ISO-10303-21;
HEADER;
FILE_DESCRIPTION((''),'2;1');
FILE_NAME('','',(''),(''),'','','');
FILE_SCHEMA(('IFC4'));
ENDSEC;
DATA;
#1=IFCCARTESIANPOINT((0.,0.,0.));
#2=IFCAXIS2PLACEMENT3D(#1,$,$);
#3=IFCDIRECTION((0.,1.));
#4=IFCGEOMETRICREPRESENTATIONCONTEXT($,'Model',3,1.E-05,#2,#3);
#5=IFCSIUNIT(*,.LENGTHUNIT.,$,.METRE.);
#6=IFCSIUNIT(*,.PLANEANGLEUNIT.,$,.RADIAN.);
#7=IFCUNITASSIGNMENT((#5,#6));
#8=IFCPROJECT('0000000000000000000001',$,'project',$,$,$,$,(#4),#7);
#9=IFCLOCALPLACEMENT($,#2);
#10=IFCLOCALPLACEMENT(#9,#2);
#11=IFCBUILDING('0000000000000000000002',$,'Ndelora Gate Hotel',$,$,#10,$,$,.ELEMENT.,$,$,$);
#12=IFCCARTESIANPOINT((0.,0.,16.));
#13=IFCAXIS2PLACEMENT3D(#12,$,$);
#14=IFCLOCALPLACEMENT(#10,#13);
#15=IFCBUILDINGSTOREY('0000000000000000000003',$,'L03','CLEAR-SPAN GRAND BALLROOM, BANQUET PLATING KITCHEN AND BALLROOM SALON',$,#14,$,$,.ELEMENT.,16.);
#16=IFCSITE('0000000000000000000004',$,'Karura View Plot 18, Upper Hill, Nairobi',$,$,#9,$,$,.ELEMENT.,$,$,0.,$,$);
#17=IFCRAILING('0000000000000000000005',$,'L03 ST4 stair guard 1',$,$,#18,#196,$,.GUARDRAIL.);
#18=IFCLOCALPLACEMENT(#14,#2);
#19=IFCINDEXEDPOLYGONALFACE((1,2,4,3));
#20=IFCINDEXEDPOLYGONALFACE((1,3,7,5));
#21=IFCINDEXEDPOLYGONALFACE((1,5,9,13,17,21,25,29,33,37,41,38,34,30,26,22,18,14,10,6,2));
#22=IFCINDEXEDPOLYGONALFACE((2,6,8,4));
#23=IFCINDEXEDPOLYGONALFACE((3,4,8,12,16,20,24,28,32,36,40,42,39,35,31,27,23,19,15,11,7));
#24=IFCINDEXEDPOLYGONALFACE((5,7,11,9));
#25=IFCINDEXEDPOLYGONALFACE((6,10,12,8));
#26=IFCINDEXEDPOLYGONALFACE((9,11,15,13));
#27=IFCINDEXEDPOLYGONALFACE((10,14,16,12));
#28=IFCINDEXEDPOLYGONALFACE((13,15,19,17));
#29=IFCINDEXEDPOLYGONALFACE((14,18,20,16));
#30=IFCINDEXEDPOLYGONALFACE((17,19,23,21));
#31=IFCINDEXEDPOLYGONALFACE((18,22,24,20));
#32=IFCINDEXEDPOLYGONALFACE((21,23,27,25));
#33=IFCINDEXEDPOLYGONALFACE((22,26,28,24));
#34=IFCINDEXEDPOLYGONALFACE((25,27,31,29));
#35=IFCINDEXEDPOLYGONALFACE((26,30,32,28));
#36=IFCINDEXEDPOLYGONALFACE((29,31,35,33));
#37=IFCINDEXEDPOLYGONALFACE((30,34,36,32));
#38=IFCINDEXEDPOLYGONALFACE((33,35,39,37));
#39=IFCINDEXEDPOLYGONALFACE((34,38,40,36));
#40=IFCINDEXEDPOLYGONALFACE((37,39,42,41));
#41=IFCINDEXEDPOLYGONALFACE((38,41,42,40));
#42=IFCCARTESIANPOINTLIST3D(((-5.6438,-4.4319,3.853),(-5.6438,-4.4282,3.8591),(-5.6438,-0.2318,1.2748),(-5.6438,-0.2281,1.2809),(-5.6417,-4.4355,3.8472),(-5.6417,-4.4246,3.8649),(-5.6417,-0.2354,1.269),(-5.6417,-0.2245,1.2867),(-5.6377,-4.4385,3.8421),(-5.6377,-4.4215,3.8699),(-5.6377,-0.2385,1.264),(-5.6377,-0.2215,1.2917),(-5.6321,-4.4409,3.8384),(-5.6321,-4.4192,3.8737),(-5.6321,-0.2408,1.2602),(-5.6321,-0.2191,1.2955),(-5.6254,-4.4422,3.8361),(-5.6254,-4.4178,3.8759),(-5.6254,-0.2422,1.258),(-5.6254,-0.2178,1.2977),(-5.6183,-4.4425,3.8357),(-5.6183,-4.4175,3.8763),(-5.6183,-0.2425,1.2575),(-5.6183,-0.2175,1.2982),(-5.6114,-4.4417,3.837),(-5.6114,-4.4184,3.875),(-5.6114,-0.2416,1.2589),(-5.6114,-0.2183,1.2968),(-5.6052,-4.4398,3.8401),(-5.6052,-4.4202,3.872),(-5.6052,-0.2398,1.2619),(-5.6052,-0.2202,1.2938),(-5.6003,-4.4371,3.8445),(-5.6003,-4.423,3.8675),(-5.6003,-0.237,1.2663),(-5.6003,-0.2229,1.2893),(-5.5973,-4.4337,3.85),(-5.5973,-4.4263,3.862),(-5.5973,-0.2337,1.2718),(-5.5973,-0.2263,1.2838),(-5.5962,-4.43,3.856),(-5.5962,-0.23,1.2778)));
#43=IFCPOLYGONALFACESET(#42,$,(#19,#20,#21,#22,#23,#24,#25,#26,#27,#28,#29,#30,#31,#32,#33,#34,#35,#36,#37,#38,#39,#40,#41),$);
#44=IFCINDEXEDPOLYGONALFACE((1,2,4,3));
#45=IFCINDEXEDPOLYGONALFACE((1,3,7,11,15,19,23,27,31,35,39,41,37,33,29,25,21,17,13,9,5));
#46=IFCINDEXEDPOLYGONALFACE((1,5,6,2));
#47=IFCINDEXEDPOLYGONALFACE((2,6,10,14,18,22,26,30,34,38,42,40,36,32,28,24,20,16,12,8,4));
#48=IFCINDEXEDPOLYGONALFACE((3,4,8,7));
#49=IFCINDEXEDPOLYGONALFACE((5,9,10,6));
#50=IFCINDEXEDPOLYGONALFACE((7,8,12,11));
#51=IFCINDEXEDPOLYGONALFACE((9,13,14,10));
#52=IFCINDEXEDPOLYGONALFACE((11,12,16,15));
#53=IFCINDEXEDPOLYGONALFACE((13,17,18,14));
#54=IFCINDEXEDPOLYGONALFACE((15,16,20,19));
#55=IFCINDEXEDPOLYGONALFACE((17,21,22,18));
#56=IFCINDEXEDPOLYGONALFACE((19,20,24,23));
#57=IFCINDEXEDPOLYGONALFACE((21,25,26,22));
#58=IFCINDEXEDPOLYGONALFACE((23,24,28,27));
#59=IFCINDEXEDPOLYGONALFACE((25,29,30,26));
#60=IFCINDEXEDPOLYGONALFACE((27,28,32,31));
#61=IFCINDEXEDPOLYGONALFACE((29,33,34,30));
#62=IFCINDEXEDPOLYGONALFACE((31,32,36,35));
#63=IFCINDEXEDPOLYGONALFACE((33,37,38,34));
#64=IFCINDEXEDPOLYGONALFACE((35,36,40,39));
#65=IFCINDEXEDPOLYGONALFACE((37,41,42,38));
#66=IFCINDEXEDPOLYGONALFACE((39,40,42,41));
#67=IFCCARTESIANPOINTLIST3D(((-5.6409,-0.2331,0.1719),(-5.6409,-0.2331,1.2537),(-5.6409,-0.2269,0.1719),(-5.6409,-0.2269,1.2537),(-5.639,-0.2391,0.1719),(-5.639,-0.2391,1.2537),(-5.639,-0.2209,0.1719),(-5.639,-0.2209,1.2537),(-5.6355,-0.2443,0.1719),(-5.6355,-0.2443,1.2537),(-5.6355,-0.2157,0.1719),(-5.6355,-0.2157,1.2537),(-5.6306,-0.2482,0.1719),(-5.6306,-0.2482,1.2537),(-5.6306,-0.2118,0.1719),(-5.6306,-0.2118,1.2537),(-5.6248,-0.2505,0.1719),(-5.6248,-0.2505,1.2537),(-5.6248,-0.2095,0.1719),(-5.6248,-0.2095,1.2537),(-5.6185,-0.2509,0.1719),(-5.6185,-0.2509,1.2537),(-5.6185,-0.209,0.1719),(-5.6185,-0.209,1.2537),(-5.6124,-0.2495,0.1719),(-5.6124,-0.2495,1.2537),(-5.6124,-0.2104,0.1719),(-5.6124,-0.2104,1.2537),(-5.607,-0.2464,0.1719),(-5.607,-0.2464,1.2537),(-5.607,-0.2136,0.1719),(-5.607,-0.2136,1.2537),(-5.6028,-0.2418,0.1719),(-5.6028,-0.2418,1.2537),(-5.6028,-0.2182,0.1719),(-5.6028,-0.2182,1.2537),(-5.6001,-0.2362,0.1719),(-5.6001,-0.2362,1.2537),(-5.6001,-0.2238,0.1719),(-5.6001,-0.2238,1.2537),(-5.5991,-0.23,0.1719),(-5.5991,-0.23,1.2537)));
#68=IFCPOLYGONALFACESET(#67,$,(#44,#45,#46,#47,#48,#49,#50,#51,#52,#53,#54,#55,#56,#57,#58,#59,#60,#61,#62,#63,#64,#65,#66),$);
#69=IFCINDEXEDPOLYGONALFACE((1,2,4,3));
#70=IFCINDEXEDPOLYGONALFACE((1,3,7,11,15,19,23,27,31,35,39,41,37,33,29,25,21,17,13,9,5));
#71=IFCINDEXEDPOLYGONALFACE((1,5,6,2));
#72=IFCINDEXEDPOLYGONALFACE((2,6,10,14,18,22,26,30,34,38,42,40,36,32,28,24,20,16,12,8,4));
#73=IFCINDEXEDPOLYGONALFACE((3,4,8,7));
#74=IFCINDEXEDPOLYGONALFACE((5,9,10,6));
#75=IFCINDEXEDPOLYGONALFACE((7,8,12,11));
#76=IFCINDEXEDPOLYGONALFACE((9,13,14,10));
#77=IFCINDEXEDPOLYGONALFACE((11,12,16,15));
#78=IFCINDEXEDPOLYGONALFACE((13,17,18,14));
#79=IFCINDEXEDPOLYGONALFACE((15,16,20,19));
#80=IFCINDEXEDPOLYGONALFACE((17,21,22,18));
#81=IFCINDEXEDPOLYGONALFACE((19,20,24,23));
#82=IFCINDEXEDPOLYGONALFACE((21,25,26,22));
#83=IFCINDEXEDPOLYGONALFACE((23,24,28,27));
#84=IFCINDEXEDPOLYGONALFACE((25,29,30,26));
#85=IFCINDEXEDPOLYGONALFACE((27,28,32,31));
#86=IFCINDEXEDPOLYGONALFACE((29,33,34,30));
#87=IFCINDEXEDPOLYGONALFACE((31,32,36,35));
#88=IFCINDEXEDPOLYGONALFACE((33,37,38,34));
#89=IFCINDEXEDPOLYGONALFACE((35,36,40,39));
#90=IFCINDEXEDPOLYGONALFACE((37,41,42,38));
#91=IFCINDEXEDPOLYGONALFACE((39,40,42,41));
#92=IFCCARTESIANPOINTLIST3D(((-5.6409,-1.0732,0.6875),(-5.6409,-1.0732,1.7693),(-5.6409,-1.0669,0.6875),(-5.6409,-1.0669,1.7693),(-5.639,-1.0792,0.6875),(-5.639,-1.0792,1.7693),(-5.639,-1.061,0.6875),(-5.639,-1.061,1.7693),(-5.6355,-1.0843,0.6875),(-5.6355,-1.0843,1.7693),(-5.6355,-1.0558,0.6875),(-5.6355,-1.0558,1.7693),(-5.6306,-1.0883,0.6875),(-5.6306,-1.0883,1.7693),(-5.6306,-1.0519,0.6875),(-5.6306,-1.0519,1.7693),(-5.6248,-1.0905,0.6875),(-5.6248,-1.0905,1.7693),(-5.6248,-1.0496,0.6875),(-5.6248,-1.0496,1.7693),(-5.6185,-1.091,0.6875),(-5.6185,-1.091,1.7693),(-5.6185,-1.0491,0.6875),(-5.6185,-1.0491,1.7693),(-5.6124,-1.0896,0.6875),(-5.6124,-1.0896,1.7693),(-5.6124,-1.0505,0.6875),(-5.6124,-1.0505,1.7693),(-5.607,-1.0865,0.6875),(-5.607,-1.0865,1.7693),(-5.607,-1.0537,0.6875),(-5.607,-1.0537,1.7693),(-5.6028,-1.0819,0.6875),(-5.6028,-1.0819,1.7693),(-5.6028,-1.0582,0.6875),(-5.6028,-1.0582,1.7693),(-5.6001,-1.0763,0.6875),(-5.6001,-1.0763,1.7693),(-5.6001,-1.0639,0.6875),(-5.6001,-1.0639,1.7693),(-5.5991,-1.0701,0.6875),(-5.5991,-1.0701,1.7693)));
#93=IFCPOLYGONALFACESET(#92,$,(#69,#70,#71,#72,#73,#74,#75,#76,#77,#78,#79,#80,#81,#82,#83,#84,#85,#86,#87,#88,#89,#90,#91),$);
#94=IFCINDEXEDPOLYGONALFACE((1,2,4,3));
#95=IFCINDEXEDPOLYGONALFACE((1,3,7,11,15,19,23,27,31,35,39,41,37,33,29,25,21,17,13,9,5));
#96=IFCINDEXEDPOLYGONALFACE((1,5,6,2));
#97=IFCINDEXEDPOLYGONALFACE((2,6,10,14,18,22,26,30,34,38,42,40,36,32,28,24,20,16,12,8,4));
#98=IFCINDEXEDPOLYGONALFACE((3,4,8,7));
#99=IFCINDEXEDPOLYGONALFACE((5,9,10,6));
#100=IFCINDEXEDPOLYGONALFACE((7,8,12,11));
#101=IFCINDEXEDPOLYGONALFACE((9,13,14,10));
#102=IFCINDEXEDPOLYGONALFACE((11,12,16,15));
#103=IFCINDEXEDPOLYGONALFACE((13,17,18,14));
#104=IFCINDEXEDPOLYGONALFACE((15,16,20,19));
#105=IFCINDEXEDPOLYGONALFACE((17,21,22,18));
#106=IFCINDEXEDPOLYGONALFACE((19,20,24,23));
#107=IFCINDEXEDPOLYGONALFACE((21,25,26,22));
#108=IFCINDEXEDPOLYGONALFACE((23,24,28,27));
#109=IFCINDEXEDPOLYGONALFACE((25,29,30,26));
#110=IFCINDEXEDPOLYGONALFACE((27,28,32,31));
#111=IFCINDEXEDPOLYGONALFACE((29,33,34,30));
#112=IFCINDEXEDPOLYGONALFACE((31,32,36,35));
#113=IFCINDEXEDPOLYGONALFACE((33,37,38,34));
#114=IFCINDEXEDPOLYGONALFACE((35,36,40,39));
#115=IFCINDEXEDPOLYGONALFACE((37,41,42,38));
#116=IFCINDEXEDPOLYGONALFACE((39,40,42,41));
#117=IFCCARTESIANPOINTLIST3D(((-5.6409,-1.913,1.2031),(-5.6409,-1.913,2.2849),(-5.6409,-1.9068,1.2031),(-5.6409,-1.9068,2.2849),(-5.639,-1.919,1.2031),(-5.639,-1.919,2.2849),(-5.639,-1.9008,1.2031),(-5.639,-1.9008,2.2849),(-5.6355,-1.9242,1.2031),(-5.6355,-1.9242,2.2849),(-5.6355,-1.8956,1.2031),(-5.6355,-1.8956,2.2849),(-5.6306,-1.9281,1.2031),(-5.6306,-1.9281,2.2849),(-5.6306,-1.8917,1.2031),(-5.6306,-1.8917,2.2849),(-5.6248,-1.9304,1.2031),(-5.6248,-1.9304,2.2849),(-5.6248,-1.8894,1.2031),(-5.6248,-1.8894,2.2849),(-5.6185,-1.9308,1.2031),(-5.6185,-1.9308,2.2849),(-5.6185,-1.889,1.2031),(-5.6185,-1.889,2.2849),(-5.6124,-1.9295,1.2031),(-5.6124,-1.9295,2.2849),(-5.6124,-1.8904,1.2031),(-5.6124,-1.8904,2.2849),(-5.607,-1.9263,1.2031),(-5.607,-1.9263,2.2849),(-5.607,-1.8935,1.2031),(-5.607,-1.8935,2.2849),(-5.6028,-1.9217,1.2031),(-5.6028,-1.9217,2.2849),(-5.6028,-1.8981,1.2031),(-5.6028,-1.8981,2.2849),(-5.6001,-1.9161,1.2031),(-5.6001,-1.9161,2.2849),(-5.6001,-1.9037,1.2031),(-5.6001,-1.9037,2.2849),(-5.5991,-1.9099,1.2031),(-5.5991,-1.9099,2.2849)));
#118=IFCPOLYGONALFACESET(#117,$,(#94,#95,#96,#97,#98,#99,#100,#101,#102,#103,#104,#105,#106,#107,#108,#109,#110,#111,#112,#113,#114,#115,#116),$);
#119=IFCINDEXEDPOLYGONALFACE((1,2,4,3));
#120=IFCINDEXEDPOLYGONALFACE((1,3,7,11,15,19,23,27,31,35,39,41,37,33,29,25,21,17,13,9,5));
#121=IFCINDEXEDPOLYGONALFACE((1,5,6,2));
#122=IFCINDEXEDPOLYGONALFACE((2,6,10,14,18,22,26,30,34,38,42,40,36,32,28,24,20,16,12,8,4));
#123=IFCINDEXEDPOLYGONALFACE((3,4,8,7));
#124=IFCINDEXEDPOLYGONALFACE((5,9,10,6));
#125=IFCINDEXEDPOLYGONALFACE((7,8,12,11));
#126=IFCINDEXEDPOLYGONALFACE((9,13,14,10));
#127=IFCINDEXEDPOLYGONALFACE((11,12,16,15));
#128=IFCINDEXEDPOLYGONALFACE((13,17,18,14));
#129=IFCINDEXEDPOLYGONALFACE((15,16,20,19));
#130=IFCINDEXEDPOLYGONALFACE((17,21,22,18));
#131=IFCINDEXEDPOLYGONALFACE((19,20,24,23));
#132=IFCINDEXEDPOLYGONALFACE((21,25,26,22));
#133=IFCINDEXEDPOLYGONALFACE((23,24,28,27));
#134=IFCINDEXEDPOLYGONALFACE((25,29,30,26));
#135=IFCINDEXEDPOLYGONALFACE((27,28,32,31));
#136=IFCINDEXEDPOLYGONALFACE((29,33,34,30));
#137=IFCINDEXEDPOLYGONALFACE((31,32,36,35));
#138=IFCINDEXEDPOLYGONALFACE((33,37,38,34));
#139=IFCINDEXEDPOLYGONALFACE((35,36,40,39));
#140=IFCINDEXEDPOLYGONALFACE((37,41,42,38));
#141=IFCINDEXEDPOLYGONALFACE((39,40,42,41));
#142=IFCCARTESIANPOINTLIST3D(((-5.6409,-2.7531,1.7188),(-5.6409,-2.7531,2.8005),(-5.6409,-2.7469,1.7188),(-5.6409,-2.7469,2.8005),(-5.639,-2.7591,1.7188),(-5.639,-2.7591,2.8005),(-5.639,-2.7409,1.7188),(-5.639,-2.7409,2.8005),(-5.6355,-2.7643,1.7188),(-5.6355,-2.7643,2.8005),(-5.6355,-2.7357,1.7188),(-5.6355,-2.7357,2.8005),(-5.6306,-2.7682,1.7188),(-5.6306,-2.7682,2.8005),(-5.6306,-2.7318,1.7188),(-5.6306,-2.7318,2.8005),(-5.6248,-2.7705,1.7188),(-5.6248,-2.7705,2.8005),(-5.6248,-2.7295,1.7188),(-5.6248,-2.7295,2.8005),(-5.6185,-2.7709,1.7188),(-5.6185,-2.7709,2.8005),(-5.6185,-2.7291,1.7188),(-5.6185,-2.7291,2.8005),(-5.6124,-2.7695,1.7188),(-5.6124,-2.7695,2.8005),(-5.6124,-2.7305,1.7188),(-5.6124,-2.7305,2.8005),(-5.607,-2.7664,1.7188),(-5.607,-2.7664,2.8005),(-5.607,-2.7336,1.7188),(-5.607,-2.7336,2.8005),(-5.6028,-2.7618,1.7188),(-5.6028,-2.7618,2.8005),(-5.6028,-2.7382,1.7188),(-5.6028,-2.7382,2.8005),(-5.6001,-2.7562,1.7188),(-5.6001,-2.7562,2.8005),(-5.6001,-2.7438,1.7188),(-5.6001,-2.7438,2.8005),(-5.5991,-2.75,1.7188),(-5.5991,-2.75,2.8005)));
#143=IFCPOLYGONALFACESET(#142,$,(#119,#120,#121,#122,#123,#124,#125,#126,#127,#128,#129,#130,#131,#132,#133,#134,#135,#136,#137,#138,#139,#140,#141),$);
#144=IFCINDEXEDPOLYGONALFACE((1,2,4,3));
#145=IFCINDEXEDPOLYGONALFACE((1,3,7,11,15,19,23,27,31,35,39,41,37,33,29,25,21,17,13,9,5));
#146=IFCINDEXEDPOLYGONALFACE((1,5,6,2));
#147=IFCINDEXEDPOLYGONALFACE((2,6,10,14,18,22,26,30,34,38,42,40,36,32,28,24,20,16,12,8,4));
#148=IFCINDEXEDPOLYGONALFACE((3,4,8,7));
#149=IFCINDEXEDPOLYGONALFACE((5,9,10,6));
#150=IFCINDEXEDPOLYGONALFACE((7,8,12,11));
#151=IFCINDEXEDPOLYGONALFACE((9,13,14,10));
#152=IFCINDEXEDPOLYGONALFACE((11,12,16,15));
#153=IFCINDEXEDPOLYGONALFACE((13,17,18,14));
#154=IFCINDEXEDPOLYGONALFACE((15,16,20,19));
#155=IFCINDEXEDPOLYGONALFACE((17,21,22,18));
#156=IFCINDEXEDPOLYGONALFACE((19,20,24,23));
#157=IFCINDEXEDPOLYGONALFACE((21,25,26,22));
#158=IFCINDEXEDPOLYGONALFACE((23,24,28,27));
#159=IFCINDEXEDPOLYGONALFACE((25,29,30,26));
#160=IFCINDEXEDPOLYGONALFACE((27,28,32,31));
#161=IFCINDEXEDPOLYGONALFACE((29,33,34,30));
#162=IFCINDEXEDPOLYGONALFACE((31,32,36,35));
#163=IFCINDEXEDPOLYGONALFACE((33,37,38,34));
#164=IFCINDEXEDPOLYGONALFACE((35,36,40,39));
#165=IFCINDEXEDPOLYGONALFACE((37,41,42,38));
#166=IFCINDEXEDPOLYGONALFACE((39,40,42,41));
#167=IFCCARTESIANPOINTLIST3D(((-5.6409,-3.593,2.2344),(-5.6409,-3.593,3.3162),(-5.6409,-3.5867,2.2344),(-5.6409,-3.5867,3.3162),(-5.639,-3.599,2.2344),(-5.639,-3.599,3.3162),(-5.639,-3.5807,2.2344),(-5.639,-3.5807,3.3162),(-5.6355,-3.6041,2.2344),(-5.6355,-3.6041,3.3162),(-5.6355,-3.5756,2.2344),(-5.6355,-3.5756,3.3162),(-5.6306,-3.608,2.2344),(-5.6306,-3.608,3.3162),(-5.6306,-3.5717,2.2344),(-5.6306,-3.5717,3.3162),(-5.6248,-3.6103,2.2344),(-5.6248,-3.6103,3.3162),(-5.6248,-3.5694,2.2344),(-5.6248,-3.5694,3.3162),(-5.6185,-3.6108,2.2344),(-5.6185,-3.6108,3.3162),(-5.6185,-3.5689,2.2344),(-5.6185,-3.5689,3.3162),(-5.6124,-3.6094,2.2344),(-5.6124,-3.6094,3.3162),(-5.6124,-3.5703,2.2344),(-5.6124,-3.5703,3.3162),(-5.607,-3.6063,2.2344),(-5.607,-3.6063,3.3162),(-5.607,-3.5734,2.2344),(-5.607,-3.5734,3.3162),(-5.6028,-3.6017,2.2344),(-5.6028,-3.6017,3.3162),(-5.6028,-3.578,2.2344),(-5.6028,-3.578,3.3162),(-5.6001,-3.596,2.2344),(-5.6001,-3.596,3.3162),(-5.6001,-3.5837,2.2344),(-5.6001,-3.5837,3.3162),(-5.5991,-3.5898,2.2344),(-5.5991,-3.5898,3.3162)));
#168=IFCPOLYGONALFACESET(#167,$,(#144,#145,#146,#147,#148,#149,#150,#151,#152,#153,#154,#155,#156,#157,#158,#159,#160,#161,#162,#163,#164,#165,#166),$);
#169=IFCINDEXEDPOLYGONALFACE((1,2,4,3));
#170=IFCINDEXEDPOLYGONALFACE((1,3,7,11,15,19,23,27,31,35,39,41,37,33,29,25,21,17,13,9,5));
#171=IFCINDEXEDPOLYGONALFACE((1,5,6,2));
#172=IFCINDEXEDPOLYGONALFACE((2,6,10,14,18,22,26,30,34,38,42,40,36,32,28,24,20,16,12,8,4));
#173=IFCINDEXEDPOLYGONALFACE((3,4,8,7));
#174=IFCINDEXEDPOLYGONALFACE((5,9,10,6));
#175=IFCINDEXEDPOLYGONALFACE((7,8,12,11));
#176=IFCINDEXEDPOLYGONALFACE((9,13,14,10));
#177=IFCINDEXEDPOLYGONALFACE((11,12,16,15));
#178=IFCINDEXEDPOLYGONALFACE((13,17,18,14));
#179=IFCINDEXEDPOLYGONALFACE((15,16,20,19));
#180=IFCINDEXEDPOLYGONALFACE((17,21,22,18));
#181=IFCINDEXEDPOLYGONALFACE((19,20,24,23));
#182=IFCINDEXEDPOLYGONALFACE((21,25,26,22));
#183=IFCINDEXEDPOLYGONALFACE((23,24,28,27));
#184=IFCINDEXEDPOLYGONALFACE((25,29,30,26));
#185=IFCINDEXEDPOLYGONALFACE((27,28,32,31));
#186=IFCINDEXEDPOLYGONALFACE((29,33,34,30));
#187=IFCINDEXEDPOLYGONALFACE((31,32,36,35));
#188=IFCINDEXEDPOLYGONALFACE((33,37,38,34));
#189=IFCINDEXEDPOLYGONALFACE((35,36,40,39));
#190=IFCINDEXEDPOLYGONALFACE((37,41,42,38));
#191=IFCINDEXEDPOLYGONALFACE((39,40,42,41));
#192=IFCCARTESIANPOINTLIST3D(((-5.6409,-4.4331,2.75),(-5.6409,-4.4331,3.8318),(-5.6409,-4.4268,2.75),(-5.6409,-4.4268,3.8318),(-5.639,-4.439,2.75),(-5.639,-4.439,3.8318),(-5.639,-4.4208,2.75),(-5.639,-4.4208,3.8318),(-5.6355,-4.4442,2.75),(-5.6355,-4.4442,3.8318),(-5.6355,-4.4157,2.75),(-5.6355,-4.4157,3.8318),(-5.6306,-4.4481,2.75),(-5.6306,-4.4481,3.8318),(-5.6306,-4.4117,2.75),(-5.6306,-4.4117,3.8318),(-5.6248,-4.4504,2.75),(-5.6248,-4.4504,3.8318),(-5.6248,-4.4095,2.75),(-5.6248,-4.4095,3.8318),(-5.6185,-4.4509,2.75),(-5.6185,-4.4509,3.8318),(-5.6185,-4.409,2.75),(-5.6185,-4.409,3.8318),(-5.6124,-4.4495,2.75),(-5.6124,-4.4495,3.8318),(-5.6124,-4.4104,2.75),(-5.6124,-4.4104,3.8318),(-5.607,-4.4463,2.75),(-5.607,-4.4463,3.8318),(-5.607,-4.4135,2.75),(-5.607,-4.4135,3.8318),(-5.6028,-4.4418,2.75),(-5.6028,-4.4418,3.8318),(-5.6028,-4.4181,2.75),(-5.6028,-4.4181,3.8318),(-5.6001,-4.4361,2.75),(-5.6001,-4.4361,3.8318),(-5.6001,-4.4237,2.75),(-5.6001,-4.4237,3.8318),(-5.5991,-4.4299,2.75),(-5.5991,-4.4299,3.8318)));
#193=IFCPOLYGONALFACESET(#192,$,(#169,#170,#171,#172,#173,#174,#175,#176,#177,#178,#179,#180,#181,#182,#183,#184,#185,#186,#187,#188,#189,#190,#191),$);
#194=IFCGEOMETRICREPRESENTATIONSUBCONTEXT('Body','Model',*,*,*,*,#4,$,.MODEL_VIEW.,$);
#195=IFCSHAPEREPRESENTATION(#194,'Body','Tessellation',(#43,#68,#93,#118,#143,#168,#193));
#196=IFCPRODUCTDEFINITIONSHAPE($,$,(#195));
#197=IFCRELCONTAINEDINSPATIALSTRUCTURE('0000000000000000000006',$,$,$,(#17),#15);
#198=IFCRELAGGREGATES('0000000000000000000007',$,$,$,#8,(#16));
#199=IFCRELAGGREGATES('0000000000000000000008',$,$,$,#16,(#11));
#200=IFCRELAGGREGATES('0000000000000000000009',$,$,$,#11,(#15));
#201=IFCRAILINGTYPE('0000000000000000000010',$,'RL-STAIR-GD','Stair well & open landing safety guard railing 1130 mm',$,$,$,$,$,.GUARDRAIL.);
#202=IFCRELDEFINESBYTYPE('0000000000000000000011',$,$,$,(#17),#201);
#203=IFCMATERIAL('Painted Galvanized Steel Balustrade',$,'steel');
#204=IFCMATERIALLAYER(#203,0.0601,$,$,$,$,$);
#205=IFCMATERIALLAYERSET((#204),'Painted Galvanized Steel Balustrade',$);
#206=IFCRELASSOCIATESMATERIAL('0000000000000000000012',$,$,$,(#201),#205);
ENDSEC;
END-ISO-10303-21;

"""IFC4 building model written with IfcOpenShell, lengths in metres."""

from ifc_helpers import new_model, si_unit, direction, frame, origin, origin_2d, place, context, subcontext, project, spatial, circle, extrude, material, layer, layer_set, type_object, element, save


model = new_model("IFC4")

# Units and contexts
model_context = context("Model", 3, precision=1e-05, world=origin(), true_north=direction((0.0, 1.0)))
body_context = subcontext(model_context, "Body", "Model", "MODEL_VIEW")
ifc_project = project(units=[si_unit("LENGTHUNIT", "METRE"), si_unit("PLANEANGLEUNIT", "RADIAN")], contexts=[model_context])

# Site, building, storey
site_placement = place(None, origin())
site = spatial("IfcSite", under=ifc_project, at=site_placement, Name="Karura View Plot 18, Upper Hill, Nairobi", CompositionType="ELEMENT", RefElevation=0.0)
building_placement = place(site_placement, origin())
building = spatial("IfcBuilding", under=site, at=building_placement, Name="Ndelora Gate Hotel", CompositionType="ELEMENT")
storey_placement = place(building_placement, frame((0.0, 0.0, 16.0)))
storey = spatial("IfcBuildingStorey", under=building, at=storey_placement, Name="L03", Description="CLEAR-SPAN GRAND BALLROOM, BANQUET PLATING KITCHEN AND BALLROOM SALON", CompositionType="ELEMENT", Elevation=16.0)

# Railing
ifc_material_1 = material(Name="Painted Galvanized Steel Balustrade", Category="steel")
ifc_layer_1 = layer(ifc_material_1, 0.0601)
ifc_layer_set_1 = layer_set([ifc_layer_1], Name="Painted Galvanized Steel Balustrade")
railing_type_1 = type_object("IfcRailingType", Name="RL-STAIR-GD", Description="Stair well & open landing safety guard railing 1130 mm", PredefinedType="GUARDRAIL", material=ifc_layer_set_1)
railing_1_placement = place(storey_placement, frame((-5.6201, -0.23, 0.1719)))
element("IfcRailing", 1, at=railing_1_placement, inside=storey, type_object=railing_type_1, Name="L03 ST4 stair guard 1", PredefinedType="GUARDRAIL", context=body_context, shape_type="SweptSolid", body=[
    extrude(circle(Radius=0.0239, at=origin_2d()), frame((0.0, 0.0, 1.106), z_axis=(0.0, -0.852243, 0.523146), x_axis=(1.0, 0.0, 0.0)), (0.0, 0.0, 1.0), 4.9282),
    extrude(circle(Radius=0.021, at=origin_2d()), origin(), (0.0, 0.0, 1.0), 1.0818),
    extrude(circle(Radius=0.021, at=origin_2d()), frame((0.0, -0.8401, 0.5156)), (0.0, 0.0, 1.0), 1.0818),
    extrude(circle(Radius=0.021, at=origin_2d()), frame((0.0, -1.6799, 1.0312)), (0.0, 0.0, 1.0), 1.0818),
    extrude(circle(Radius=0.021, at=origin_2d()), frame((0.0, -2.52, 1.5469)), (0.0, 0.0, 1.0), 1.0818),
    extrude(circle(Radius=0.021, at=origin_2d()), frame((0.0, -3.3599, 2.0625)), (0.0, 0.0, 1.0), 1.0818),
    extrude(circle(Radius=0.021, at=origin_2d()), frame((0.0, -4.2, 2.5781)), (0.0, 0.0, 1.0), 1.0818),
])

save(model, "model.ifc")
